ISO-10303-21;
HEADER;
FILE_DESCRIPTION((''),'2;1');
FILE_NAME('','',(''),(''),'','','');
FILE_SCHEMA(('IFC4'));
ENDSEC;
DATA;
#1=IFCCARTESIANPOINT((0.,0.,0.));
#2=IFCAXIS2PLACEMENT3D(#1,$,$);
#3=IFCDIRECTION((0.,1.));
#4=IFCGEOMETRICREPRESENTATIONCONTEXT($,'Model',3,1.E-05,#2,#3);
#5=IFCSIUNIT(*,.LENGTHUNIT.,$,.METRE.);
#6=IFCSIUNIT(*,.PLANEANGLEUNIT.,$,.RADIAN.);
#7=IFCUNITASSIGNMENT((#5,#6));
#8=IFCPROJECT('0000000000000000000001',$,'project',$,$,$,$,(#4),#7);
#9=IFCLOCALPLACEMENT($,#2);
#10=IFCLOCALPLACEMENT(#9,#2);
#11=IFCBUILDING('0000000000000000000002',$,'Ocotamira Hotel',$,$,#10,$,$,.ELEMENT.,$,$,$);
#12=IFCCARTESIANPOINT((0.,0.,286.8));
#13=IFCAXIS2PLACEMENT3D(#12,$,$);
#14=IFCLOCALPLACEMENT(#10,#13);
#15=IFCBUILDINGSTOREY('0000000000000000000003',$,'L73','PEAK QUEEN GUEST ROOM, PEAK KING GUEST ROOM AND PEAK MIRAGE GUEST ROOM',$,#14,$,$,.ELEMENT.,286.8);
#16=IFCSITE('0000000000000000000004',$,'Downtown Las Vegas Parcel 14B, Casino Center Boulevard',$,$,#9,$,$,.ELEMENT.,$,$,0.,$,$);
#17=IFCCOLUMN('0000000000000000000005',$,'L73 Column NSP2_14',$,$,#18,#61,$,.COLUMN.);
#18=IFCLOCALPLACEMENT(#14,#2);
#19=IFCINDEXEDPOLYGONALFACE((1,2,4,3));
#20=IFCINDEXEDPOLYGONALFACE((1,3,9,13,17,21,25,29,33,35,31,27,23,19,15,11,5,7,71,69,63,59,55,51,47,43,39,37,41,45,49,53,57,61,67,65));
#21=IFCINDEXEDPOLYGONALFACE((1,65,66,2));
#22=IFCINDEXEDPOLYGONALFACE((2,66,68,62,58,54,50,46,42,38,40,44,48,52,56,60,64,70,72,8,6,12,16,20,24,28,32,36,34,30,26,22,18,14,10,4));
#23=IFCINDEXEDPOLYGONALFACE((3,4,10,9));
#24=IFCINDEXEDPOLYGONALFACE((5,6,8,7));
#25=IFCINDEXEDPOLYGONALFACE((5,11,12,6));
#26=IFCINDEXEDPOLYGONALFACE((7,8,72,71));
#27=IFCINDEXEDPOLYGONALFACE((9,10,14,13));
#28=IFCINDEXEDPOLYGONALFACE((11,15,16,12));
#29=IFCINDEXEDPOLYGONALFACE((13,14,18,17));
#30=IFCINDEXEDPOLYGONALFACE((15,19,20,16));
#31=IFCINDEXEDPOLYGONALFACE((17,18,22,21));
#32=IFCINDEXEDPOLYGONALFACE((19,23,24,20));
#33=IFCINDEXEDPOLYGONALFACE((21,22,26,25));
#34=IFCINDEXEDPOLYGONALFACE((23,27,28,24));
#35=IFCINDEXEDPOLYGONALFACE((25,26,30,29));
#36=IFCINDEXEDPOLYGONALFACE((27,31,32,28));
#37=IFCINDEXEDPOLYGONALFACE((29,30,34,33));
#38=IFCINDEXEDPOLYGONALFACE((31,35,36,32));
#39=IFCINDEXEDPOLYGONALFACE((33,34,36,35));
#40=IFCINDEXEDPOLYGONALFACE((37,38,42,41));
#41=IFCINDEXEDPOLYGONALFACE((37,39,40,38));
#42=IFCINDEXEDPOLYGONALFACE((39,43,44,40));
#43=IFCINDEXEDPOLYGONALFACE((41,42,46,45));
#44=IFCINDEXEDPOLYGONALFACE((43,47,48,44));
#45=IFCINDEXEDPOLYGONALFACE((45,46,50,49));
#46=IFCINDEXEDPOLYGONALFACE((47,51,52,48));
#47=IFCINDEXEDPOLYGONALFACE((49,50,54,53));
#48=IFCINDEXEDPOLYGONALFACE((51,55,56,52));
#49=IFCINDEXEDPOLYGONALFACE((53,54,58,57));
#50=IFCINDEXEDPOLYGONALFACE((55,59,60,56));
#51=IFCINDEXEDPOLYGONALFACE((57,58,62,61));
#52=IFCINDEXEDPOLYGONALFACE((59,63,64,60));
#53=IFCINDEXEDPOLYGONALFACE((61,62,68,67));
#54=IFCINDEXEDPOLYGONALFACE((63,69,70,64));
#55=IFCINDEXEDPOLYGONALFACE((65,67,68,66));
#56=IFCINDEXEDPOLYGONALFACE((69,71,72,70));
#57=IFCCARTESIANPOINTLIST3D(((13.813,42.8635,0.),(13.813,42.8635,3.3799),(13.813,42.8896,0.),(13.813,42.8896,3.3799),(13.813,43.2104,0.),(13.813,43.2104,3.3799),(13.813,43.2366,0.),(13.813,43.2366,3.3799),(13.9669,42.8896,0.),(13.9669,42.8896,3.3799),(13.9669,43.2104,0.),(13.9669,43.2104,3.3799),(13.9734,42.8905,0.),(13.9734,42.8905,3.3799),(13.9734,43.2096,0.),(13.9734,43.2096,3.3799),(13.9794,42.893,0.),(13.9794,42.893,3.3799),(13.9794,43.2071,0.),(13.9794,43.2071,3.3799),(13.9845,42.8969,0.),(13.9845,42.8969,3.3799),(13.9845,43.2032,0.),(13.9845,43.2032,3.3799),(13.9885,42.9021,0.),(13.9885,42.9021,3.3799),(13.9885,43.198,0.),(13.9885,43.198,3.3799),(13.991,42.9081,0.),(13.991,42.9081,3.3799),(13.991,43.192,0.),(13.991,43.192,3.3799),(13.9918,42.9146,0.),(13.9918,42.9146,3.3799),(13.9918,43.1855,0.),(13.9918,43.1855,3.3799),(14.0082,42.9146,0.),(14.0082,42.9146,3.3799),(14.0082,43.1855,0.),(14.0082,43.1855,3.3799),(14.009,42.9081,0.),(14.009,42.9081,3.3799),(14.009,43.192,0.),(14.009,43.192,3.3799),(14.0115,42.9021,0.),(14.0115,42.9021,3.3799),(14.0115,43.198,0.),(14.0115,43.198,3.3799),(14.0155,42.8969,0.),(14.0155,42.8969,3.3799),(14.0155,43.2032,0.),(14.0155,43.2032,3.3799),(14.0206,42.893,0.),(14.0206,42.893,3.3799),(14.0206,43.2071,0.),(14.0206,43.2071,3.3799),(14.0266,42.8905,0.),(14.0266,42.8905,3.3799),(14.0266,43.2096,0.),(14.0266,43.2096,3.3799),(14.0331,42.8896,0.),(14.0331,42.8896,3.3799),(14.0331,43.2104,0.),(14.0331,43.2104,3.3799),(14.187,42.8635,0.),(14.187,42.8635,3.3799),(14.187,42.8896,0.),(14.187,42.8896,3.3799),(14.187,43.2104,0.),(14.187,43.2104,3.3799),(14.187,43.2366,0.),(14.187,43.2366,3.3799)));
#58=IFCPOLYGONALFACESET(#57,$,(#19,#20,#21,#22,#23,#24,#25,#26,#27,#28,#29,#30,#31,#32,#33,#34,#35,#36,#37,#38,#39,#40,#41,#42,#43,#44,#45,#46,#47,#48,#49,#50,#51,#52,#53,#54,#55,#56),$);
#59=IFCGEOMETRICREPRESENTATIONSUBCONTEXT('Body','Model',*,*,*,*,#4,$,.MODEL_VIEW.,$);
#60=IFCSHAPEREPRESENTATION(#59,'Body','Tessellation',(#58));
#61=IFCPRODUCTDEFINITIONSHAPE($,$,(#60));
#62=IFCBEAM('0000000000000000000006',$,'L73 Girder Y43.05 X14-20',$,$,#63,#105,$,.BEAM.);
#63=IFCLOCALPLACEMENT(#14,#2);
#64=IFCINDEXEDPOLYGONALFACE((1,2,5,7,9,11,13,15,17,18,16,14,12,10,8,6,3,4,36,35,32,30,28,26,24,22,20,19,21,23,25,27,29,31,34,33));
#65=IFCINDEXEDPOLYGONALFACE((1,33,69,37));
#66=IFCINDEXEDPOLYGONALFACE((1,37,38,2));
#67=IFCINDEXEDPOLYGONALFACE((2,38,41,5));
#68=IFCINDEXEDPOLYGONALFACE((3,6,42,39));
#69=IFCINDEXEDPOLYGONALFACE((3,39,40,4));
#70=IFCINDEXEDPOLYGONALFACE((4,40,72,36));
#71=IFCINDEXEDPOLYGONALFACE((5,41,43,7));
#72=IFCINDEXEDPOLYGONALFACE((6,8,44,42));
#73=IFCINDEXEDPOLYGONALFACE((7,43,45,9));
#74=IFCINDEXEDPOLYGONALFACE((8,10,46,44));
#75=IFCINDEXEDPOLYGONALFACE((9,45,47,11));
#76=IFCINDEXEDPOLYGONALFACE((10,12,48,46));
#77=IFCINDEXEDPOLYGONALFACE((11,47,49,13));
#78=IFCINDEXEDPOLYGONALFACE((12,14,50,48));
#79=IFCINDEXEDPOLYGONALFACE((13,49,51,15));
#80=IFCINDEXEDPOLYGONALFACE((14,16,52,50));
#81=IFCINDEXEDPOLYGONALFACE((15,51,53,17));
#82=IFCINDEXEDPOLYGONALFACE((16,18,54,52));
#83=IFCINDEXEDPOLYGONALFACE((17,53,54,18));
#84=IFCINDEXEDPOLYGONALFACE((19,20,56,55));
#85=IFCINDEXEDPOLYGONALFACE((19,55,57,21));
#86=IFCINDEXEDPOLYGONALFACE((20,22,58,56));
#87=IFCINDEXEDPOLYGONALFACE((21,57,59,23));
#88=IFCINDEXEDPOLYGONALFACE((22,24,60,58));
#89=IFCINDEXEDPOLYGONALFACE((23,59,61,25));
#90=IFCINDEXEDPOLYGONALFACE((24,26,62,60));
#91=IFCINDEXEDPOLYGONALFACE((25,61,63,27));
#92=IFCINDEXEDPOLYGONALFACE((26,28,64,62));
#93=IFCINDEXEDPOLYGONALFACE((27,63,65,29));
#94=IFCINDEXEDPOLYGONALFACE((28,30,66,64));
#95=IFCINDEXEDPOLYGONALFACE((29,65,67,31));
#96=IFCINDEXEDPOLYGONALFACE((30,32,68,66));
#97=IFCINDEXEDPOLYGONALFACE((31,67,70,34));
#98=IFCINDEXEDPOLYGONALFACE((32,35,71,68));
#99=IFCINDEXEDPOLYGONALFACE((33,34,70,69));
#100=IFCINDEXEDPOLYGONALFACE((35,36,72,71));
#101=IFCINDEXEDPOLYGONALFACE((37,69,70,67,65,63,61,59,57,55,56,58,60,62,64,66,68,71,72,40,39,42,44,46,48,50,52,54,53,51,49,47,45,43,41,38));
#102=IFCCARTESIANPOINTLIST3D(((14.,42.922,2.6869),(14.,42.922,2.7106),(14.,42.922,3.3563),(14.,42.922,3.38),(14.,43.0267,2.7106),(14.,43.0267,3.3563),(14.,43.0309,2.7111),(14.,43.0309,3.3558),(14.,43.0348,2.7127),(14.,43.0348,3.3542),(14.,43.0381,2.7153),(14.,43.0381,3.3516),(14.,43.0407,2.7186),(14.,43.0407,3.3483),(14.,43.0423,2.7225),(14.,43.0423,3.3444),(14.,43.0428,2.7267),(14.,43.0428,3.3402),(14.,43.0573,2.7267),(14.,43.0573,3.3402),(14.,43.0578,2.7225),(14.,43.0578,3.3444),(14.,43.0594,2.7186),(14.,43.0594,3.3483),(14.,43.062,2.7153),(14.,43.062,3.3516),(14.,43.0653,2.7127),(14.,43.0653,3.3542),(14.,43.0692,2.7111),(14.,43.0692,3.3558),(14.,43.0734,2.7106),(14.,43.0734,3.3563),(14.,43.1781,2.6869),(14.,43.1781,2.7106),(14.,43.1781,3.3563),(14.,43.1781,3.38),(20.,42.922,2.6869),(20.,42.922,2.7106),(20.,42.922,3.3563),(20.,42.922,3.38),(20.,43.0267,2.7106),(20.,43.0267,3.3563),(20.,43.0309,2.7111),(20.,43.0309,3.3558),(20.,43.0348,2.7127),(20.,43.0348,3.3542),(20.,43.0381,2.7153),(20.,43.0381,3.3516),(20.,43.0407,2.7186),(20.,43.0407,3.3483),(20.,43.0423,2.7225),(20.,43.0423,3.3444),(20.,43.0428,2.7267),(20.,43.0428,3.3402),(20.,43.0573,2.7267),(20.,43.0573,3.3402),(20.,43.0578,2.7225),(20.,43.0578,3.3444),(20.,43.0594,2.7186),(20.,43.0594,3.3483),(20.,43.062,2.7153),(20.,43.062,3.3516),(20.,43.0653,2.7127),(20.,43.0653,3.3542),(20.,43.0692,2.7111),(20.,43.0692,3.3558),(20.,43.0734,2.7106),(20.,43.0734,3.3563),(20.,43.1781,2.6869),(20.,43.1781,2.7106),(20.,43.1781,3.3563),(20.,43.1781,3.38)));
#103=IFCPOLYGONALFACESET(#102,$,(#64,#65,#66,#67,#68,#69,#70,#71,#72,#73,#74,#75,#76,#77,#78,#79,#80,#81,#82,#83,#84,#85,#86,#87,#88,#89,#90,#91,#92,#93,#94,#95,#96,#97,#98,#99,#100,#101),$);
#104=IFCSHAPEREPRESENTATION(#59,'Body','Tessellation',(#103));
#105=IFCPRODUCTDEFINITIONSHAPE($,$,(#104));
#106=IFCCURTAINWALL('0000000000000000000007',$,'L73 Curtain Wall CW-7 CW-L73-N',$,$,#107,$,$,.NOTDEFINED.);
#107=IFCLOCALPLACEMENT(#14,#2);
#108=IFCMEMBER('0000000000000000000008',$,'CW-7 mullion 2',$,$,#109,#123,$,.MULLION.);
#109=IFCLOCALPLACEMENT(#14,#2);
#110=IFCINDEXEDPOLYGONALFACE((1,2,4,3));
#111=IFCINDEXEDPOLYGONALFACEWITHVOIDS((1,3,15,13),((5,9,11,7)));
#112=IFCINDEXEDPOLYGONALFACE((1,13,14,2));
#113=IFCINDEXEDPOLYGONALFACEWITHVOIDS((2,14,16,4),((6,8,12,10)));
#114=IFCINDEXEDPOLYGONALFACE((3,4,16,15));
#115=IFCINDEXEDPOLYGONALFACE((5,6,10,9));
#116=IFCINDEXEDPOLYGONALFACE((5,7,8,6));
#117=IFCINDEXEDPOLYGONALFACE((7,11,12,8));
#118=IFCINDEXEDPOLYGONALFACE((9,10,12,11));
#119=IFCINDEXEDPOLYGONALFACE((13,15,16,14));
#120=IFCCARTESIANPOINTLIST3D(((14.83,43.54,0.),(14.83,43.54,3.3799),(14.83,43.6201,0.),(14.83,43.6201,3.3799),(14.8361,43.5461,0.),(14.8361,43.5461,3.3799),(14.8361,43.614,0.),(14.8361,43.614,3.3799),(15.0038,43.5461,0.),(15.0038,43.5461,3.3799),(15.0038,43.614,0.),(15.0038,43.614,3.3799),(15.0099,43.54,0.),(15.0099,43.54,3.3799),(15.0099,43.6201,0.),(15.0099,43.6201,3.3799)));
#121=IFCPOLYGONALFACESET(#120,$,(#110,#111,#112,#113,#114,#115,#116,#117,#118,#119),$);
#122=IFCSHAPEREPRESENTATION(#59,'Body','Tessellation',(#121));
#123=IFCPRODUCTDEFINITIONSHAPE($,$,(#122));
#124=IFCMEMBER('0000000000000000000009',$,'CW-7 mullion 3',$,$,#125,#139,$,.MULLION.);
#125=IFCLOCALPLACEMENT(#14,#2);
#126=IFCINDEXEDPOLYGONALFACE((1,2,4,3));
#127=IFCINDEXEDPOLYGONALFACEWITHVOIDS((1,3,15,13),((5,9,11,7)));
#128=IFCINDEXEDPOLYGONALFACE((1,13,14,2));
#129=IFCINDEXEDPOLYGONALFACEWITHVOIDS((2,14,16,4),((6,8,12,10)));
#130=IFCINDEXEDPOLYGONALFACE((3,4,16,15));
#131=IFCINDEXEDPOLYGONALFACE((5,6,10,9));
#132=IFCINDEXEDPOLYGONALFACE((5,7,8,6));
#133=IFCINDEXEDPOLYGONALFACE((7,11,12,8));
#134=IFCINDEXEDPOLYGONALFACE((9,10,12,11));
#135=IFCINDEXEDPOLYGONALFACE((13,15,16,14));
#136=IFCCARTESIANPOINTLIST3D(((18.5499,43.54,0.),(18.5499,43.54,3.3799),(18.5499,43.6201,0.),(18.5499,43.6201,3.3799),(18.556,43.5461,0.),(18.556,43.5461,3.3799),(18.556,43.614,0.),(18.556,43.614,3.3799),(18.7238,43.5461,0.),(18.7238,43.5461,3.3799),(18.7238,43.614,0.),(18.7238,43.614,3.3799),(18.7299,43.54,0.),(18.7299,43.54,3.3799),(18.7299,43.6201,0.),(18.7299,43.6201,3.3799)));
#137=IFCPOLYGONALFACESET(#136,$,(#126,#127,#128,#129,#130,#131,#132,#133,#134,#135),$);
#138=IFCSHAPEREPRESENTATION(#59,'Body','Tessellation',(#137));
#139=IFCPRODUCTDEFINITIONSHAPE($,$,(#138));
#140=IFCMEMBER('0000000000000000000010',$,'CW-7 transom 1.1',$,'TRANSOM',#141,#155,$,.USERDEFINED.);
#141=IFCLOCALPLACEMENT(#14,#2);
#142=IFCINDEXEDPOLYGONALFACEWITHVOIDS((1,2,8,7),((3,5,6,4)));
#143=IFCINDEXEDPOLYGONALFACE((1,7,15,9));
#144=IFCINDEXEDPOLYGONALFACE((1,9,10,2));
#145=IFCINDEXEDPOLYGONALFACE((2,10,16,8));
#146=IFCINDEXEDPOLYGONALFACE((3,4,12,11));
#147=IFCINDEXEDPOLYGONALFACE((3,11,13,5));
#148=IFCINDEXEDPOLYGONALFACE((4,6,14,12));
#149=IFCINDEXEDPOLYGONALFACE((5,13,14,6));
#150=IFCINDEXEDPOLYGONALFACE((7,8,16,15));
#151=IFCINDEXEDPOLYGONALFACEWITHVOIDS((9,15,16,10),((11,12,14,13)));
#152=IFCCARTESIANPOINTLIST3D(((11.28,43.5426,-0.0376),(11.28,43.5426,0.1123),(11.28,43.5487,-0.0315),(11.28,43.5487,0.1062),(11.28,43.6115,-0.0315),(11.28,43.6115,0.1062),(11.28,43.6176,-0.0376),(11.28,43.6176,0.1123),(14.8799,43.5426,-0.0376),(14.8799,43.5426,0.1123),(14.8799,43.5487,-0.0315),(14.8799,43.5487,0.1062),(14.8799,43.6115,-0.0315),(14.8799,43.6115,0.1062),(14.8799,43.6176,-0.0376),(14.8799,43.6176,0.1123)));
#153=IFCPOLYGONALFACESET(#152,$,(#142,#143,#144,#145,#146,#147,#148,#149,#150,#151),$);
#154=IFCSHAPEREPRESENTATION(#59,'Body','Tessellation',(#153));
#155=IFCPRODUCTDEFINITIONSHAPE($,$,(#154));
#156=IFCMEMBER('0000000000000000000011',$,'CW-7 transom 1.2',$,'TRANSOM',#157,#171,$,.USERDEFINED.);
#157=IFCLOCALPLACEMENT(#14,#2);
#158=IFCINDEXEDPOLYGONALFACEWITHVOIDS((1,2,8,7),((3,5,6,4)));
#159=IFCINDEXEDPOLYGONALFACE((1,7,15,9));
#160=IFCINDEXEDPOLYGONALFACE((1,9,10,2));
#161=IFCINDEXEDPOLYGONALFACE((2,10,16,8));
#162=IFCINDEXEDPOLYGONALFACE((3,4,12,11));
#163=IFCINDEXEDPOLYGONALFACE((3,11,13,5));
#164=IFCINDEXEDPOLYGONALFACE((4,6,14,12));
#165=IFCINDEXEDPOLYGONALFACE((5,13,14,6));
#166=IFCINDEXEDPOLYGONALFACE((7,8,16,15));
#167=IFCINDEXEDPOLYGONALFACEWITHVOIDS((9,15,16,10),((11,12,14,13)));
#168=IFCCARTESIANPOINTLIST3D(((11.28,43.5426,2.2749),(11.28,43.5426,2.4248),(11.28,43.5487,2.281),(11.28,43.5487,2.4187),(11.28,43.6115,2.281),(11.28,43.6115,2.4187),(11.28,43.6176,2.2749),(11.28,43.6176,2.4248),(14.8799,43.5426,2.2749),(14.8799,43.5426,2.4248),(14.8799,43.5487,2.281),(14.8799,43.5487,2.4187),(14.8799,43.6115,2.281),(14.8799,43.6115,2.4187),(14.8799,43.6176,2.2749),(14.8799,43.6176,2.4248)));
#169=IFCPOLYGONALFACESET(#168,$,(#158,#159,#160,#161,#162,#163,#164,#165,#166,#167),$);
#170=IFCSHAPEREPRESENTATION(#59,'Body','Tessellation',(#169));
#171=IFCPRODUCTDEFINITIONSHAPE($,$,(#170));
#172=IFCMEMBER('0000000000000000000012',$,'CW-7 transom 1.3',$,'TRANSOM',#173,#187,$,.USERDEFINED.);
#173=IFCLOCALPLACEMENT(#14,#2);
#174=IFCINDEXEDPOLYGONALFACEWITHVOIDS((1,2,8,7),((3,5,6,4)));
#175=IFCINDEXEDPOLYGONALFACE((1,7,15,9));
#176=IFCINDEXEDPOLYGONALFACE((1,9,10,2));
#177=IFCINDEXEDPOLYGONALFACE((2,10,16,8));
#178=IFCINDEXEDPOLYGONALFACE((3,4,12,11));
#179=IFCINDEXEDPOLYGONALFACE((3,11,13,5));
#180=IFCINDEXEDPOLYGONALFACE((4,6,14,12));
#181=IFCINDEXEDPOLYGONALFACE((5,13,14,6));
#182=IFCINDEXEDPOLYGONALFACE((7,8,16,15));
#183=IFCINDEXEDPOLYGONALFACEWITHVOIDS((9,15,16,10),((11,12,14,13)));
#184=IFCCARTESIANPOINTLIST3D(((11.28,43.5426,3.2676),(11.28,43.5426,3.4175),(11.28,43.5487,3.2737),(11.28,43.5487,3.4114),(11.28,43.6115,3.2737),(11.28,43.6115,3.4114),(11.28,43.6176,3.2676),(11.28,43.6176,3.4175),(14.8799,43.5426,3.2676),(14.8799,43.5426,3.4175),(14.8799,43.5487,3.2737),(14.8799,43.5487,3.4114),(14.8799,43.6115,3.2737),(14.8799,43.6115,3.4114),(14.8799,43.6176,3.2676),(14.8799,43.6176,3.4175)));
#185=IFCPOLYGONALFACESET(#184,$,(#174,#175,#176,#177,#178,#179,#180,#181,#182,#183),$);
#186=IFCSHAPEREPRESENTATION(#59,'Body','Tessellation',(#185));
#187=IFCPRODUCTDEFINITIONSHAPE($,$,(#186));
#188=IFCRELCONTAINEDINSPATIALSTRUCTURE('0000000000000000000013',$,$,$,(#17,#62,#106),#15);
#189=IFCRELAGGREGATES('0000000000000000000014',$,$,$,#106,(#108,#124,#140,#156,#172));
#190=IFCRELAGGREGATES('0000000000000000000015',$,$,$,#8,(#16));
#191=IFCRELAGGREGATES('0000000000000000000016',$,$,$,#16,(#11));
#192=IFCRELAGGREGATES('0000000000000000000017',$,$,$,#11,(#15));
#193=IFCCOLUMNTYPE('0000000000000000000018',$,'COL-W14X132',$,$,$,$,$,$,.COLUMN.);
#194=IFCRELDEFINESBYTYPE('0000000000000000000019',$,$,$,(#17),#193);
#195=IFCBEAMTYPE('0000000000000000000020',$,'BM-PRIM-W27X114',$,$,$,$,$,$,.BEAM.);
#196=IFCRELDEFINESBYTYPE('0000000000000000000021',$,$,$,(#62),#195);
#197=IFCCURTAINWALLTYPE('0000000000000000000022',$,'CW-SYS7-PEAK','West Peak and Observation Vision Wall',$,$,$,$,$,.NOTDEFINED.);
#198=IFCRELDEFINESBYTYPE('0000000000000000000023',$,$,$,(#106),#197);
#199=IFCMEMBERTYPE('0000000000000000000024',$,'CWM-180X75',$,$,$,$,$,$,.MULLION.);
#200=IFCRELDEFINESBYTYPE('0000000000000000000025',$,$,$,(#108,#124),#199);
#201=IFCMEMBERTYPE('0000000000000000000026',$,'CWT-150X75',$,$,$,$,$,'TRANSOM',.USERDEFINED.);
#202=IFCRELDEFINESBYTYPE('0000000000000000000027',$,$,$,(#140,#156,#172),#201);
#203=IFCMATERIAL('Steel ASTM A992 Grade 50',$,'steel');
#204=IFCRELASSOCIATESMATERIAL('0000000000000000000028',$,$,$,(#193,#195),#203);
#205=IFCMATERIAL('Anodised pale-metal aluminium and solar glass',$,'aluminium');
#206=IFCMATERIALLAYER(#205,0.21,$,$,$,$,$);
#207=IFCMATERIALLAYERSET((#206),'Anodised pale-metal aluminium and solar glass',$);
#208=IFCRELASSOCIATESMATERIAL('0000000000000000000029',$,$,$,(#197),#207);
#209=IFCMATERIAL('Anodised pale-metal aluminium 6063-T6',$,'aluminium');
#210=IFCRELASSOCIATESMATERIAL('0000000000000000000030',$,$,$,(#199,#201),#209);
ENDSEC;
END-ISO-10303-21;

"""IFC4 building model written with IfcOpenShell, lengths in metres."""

from ifc_helpers import new_model, si_unit, direction, frame, origin, origin_2d, place, context, subcontext, project, spatial, hollow_rectangle, i_section, extrude, source, transform, mapped, material, layer, layer_set, material_profile, profile_set, type_object, element, aggregate, save


model = new_model("IFC4")

# Units and contexts
model_context = context("Model", 3, precision=1e-05, world=origin(), true_north=direction((0.0, 1.0)))
body_context = subcontext(model_context, "Body", "Model", "MODEL_VIEW")
ifc_project = project(units=[si_unit("LENGTHUNIT", "METRE"), si_unit("PLANEANGLEUNIT", "RADIAN")], contexts=[model_context])

# Site, building, storey
site_placement = place(None, origin())
site = spatial("IfcSite", under=ifc_project, at=site_placement, Name="Downtown Las Vegas Parcel 14B, Casino Center Boulevard", CompositionType="ELEMENT", RefElevation=0.0)
building_placement = place(site_placement, origin())
building = spatial("IfcBuilding", under=site, at=building_placement, Name="Ocotamira Hotel", CompositionType="ELEMENT")
storey_placement = place(building_placement, frame((0.0, 0.0, 286.8)))
storey = spatial("IfcBuildingStorey", under=building, at=storey_placement, Name="L73", Description="PEAK QUEEN GUEST ROOM, PEAK KING GUEST ROOM AND PEAK MIRAGE GUEST ROOM", CompositionType="ELEMENT", Elevation=286.8)

# Column
ifc_material_1 = material(Name="Steel ASTM A992 Grade 50", Category="steel")
ifc_material_profile_1 = material_profile(ifc_material_1, i_section(OverallWidth=0.374, OverallDepth=0.373, WebThickness=0.0164, FlangeThickness=0.0261, FilletRadius=0.0249, at=origin_2d()), Name="W14X132")
ifc_profile_set_1 = profile_set([ifc_material_profile_1], Name="Steel ASTM A992 Grade 50")
column_type = type_object("IfcColumnType", Name="COL-W14X132", PredefinedType="COLUMN", material=ifc_profile_set_1)
shared_shape_1 = source(origin(), body_context, "Body", "SweptSolid", [
    extrude(i_section(OverallWidth=0.374, OverallDepth=0.373, WebThickness=0.0164, FlangeThickness=0.0261, FilletRadius=0.0249, at=origin_2d()), origin(), (0.0, 0.0, 1.0), 3.3799),
])
column_placement = place(storey_placement, frame((14.0, 43.05, 0.0), z_axis=(0.0, 0.0, 1.0), x_axis=(1.0, 0.0, 0.0)))
element("IfcColumn", 1, at=column_placement, inside=storey, type_object=column_type, Name="L73 Column NSP2_14", PredefinedType="COLUMN", context=body_context, shape_type="MappedRepresentation", body=[
    mapped(shared_shape_1, transform((0.0, 0.0, 0.0), scale=1.0)),
])

# Beam
ifc_material_profile_2 = material_profile(ifc_material_1, i_section(OverallWidth=0.2561, OverallDepth=0.6931, WebThickness=0.0144, FlangeThickness=0.0237, FilletRadius=0.0161, at=origin_2d()), Name="W27X114")
ifc_profile_set_2 = profile_set([ifc_material_profile_2], Name="Steel ASTM A992 Grade 50")
beam_type = type_object("IfcBeamType", Name="BM-PRIM-W27X114", PredefinedType="BEAM", material=ifc_profile_set_2)
shared_shape_2 = source(origin(), body_context, "Body", "SweptSolid", [
    extrude(i_section(OverallWidth=0.2561, OverallDepth=0.6931, WebThickness=0.0144, FlangeThickness=0.0237, FilletRadius=0.0161, at=origin_2d()), origin(), (0.0, 0.0, 1.0), 6.0),
])
beam_placement = place(storey_placement, frame((14.0, 43.05, 3.0334), z_axis=(1.0, 0.0, 0.0), x_axis=(0.0, 1.0, 0.0)))
element("IfcBeam", 2, at=beam_placement, inside=storey, type_object=beam_type, Name="L73 Girder Y43.05 X14-20", PredefinedType="BEAM", context=body_context, shape_type="MappedRepresentation", body=[
    mapped(shared_shape_2, transform((0.0, 0.0, 0.0), scale=1.0)),
])

# Curtain wall, members
ifc_material_2 = material(Name="Anodised pale-metal aluminium and solar glass", Category="aluminium")
ifc_layer_1 = layer(ifc_material_2, 0.21)
ifc_layer_set_1 = layer_set([ifc_layer_1], Name="Anodised pale-metal aluminium and solar glass")
curtain_wall_type = type_object("IfcCurtainWallType", Name="CW-SYS7-PEAK", Description="West Peak and Observation Vision Wall", PredefinedType="NOTDEFINED", material=ifc_layer_set_1)
curtain_wall_placement = place(storey_placement, origin())
curtain_wall = element("IfcCurtainWall", 3, at=curtain_wall_placement, inside=storey, type_object=curtain_wall_type, Name="L73 Curtain Wall CW-7 CW-L73-N", PredefinedType="NOTDEFINED")
ifc_material_3 = material(Name="Anodised pale-metal aluminium 6063-T6", Category="aluminium")
ifc_material_profile_3 = material_profile(ifc_material_3, hollow_rectangle(XDim=0.0801, YDim=0.1799, WallThickness=0.0061, at=origin_2d()), Name="HSS180X80X6")
ifc_profile_set_3 = profile_set([ifc_material_profile_3], Name="Anodised pale-metal aluminium 6063-T6")
member_type_1 = type_object("IfcMemberType", Name="CWM-180X75", PredefinedType="MULLION", material=ifc_profile_set_3)
shared_shape_3 = source(origin(), body_context, "Body", "SweptSolid", [
    extrude(hollow_rectangle(XDim=0.0801, YDim=0.1799, WallThickness=0.0061, at=origin_2d()), origin(), (0.0, 0.0, 1.0), 3.3799),
])
member_1_placement = place(storey_placement, frame((14.9199, 43.5801, 0.0), z_axis=(0.0, 0.0, 1.0), x_axis=(0.0, 1.0, 0.0)))
member_1 = element("IfcMember", 4, at=member_1_placement, type_object=member_type_1, Name="CW-7 mullion 2", PredefinedType="MULLION", context=body_context, shape_type="MappedRepresentation", body=[
    mapped(shared_shape_3, transform((0.0, 0.0, 0.0), scale=1.0)),
])
member_2_placement = place(storey_placement, frame((18.6399, 43.5801, 0.0), z_axis=(0.0, 0.0, 1.0), x_axis=(0.0, 1.0, 0.0)))
member_2 = element("IfcMember", 5, at=member_2_placement, type_object=member_type_1, Name="CW-7 mullion 3", PredefinedType="MULLION", context=body_context, shape_type="MappedRepresentation", body=[
    mapped(shared_shape_3, transform((0.0, 0.0, 0.0), scale=1.0)),
])
ifc_material_profile_4 = material_profile(ifc_material_3, hollow_rectangle(XDim=0.075, YDim=0.1499, WallThickness=0.0061, at=origin_2d()), Name="HSS150X75X6")
ifc_profile_set_4 = profile_set([ifc_material_profile_4], Name="Anodised pale-metal aluminium 6063-T6")
member_type_2 = type_object("IfcMemberType", Name="CWT-150X75", ElementType="TRANSOM", PredefinedType="USERDEFINED", material=ifc_profile_set_4)
shared_shape_4 = source(origin(), body_context, "Body", "SweptSolid", [
    extrude(hollow_rectangle(XDim=0.075, YDim=0.1499, WallThickness=0.0061, at=origin_2d()), origin(), (0.0, 0.0, 1.0), 3.5999),
])
member_3_placement = place(storey_placement, frame((11.28, 43.5801, 0.0374), z_axis=(1.0, 0.0, 0.0), x_axis=(0.0, 1.0, 0.0)))
member_3 = element("IfcMember", 6, at=member_3_placement, type_object=member_type_2, Name="CW-7 transom 1.1", ObjectType="TRANSOM", PredefinedType="USERDEFINED", context=body_context, shape_type="MappedRepresentation", body=[
    mapped(shared_shape_4, transform((0.0, 0.0, 0.0), scale=1.0)),
])
member_4_placement = place(storey_placement, frame((11.28, 43.5801, 2.3499), z_axis=(1.0, 0.0, 0.0), x_axis=(0.0, 1.0, 0.0)))
member_4 = element("IfcMember", 7, at=member_4_placement, type_object=member_type_2, Name="CW-7 transom 1.2", ObjectType="TRANSOM", PredefinedType="USERDEFINED", context=body_context, shape_type="MappedRepresentation", body=[
    mapped(shared_shape_4, transform((0.0, 0.0, 0.0), scale=1.0)),
])
member_5_placement = place(storey_placement, frame((11.28, 43.5801, 3.3425), z_axis=(1.0, 0.0, 0.0), x_axis=(0.0, 1.0, 0.0)))
member_5 = element("IfcMember", 8, at=member_5_placement, type_object=member_type_2, Name="CW-7 transom 1.3", ObjectType="TRANSOM", PredefinedType="USERDEFINED", context=body_context, shape_type="MappedRepresentation", body=[
    mapped(shared_shape_4, transform((0.0, 0.0, 0.0), scale=1.0)),
])
aggregate(curtain_wall, [member_1, member_2, member_3, member_4, member_5])

save(model, "model.ifc")
